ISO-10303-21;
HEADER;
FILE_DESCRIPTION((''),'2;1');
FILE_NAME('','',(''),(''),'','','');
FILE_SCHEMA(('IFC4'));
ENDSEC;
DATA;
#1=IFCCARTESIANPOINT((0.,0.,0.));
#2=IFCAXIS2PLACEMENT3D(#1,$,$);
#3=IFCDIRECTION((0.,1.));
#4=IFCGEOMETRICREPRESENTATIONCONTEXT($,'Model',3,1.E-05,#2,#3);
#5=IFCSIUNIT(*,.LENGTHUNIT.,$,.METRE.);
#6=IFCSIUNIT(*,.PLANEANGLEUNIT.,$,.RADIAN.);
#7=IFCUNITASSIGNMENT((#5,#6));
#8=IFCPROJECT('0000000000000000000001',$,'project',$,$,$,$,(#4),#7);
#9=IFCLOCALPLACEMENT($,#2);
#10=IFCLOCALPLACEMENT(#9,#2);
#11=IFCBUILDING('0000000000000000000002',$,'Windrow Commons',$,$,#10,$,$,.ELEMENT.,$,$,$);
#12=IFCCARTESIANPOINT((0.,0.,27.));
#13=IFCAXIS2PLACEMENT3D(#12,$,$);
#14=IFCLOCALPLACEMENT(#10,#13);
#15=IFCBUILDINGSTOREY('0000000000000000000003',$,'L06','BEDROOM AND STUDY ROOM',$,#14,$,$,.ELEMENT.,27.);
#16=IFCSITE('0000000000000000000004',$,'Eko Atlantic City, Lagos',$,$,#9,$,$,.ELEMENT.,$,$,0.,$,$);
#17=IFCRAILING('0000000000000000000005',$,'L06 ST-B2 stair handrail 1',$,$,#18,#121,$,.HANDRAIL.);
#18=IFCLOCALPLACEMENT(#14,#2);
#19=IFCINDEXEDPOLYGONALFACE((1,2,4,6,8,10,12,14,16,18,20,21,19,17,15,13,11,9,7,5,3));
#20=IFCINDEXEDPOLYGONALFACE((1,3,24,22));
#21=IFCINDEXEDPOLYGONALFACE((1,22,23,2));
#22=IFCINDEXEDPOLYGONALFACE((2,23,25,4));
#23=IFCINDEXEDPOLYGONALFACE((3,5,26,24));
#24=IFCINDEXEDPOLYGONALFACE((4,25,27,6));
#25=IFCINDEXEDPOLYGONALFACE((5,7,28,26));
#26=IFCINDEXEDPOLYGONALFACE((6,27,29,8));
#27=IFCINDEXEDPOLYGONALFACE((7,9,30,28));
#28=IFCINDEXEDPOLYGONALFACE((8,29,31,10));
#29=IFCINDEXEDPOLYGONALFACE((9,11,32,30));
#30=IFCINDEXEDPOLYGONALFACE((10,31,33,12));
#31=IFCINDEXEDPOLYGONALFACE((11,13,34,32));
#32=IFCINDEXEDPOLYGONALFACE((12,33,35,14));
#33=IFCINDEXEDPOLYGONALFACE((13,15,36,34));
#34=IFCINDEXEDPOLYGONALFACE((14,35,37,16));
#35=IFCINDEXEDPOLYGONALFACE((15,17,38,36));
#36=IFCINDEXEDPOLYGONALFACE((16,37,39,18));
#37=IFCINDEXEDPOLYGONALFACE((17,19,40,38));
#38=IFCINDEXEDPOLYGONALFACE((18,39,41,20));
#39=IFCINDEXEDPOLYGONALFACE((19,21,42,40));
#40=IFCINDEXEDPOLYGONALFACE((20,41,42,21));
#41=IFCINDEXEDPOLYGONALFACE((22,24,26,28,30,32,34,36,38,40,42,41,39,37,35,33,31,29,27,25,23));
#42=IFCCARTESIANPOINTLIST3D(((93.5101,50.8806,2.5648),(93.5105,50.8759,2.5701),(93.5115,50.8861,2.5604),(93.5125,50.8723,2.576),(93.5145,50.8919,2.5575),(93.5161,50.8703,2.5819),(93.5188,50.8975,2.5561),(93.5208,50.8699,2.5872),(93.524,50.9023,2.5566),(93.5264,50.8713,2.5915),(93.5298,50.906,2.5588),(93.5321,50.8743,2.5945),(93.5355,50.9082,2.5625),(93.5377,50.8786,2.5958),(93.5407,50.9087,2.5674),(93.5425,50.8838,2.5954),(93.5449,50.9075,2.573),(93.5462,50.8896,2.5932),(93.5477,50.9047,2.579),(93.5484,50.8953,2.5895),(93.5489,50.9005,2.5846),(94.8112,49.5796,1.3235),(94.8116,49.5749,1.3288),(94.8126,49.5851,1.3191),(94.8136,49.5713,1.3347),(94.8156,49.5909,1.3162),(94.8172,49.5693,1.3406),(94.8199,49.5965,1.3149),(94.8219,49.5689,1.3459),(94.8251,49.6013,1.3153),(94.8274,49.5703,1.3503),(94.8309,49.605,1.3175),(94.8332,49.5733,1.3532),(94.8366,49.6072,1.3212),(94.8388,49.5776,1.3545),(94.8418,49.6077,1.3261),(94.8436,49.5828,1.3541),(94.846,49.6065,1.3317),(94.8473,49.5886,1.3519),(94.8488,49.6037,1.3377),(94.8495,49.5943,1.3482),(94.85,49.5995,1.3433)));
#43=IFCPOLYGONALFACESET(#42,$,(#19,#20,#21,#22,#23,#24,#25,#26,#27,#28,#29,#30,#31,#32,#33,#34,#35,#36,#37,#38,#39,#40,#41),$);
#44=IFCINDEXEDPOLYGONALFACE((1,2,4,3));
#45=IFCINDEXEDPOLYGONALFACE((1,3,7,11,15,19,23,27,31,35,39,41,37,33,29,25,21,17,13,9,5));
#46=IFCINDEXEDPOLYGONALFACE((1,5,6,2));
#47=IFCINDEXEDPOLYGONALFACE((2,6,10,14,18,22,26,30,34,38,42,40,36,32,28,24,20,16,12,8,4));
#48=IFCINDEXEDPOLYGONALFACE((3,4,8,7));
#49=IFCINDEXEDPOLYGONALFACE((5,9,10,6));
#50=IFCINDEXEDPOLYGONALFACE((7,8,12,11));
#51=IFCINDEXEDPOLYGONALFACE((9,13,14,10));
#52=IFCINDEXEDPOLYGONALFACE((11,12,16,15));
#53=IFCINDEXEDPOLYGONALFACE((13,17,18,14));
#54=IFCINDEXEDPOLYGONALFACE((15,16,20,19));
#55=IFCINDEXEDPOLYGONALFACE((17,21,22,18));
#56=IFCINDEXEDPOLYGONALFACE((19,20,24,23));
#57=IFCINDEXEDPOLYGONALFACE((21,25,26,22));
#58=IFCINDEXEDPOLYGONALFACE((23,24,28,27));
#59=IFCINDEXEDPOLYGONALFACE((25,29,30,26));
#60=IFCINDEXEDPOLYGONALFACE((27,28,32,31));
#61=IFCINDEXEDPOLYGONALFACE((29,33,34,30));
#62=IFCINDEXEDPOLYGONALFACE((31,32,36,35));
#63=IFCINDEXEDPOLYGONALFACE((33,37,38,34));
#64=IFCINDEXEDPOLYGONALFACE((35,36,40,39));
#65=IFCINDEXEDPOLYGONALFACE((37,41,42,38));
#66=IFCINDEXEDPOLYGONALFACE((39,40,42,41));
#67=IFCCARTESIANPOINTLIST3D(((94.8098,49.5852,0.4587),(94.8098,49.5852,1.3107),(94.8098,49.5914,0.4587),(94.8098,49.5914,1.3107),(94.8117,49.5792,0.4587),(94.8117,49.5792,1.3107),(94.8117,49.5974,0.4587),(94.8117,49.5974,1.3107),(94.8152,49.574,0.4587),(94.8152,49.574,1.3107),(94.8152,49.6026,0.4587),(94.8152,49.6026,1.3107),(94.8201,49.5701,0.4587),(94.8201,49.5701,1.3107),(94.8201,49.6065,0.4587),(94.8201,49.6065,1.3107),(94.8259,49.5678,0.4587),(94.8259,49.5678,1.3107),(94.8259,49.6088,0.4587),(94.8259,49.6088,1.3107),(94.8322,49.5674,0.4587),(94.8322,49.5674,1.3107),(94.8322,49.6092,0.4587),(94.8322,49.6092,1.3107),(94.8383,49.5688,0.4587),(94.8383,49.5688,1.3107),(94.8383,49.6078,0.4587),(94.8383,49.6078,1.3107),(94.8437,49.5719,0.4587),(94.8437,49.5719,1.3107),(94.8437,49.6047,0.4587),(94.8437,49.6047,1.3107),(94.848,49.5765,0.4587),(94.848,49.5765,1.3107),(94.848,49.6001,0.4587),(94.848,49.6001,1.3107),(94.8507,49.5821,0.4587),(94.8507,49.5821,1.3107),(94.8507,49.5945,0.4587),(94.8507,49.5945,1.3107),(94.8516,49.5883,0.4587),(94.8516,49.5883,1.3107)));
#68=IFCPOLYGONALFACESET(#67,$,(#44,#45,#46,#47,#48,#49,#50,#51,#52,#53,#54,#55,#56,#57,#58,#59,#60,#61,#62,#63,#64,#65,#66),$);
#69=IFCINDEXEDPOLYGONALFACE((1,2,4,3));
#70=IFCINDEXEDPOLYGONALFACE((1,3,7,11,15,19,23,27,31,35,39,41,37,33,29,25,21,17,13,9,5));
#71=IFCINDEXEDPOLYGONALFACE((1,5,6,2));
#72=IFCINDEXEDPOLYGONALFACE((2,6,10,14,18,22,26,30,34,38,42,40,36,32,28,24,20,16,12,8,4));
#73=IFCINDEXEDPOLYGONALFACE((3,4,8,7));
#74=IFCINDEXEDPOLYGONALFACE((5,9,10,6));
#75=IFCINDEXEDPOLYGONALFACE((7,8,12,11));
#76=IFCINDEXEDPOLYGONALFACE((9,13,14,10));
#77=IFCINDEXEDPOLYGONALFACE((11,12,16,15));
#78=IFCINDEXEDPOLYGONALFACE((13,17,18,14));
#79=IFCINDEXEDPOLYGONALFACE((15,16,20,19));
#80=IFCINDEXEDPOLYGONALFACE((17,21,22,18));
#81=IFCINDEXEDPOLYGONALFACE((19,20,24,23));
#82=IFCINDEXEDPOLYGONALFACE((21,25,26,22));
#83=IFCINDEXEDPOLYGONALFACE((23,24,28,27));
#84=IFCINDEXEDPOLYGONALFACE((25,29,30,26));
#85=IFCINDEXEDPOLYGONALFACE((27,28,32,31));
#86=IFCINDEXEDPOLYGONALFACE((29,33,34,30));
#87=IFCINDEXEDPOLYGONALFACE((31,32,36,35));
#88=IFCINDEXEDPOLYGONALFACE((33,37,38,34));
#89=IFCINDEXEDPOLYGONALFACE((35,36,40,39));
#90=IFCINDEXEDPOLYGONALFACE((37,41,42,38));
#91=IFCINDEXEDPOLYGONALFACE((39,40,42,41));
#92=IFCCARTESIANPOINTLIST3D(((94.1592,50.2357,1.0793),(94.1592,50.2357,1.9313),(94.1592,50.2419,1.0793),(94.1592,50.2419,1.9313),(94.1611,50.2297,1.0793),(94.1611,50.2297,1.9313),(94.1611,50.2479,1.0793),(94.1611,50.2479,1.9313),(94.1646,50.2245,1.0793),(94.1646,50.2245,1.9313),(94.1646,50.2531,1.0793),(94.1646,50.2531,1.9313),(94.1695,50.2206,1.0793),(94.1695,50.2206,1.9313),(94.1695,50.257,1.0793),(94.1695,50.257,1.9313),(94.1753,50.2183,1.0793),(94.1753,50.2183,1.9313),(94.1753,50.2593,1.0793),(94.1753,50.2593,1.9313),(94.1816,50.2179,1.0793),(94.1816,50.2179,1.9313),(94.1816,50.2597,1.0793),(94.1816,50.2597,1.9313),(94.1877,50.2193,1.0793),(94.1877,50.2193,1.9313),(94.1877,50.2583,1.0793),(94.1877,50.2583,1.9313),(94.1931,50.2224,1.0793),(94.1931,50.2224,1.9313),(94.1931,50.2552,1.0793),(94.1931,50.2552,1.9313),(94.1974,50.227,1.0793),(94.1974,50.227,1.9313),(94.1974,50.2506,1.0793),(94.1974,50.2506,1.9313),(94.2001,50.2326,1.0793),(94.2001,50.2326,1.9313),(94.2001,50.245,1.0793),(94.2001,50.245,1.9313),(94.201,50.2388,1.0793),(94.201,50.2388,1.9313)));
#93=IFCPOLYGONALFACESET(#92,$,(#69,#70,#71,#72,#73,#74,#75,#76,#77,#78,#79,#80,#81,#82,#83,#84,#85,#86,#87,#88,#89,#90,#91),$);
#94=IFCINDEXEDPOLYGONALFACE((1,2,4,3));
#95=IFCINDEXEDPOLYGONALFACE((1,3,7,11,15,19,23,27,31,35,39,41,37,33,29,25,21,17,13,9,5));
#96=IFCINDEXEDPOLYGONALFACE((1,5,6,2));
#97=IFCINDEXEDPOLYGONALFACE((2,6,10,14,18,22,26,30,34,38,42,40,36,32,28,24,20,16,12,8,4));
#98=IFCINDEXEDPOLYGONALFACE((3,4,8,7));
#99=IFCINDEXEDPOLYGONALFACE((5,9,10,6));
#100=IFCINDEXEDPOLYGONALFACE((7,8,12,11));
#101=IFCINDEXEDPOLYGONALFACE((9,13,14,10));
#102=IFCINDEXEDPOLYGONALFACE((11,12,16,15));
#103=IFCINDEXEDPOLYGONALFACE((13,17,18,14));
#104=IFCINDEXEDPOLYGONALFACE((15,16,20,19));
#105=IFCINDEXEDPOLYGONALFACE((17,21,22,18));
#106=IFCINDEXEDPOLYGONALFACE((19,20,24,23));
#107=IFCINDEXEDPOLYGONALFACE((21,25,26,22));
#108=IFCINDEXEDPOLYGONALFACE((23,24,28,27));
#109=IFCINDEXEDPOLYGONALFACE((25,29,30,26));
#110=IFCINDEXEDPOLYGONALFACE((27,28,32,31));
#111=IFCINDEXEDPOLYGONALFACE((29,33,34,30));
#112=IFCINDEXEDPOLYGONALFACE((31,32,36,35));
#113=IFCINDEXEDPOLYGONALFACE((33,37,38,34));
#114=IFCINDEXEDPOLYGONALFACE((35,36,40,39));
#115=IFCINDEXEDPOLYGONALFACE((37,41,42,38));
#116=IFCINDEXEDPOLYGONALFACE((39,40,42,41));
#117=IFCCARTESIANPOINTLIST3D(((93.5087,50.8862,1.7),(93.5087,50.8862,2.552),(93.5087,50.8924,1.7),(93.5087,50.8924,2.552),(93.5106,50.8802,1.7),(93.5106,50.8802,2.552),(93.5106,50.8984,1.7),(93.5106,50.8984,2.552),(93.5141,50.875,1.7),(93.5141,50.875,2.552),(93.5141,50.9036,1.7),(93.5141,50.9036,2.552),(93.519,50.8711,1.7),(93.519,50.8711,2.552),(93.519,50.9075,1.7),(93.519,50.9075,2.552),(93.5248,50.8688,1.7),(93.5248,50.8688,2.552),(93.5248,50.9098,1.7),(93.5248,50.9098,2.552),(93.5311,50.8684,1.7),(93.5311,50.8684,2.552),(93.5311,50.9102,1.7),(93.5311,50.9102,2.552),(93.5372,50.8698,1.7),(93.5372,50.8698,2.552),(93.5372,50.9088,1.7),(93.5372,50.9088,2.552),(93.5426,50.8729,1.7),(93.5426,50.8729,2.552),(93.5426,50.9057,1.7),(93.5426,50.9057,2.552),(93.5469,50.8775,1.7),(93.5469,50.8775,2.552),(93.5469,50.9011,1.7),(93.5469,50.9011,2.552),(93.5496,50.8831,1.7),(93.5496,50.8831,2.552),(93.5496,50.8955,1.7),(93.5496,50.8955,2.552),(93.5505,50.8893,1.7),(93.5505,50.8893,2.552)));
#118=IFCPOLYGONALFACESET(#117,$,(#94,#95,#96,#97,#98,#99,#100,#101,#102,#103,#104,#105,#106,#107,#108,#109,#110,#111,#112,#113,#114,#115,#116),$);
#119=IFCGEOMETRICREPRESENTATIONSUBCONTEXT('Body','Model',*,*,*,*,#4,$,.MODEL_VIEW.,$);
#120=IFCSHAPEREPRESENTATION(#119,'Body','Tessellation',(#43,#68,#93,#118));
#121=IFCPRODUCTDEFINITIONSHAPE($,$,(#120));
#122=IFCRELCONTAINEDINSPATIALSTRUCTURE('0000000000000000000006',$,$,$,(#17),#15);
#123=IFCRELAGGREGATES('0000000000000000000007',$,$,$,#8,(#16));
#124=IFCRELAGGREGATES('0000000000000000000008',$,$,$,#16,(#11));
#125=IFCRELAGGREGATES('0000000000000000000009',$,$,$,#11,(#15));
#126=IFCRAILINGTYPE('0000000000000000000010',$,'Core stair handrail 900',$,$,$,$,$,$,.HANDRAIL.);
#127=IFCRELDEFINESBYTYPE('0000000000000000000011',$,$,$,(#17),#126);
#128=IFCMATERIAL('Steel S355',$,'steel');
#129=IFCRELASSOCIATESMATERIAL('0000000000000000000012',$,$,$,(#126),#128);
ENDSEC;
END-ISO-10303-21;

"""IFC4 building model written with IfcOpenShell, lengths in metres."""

from ifc_helpers import new_model, si_unit, direction, frame, origin, origin_2d, place, context, subcontext, project, spatial, circle, extrude, material, type_object, element, save


model = new_model("IFC4")

# Units and contexts
model_context = context("Model", 3, precision=1e-05, world=origin(), true_north=direction((0.0, 1.0)))
body_context = subcontext(model_context, "Body", "Model", "MODEL_VIEW")
ifc_project = project(units=[si_unit("LENGTHUNIT", "METRE"), si_unit("PLANEANGLEUNIT", "RADIAN")], contexts=[model_context])

# Site, building, storey
site_placement = place(None, origin())
site = spatial("IfcSite", under=ifc_project, at=site_placement, Name="Eko Atlantic City, Lagos", CompositionType="ELEMENT", RefElevation=0.0)
building_placement = place(site_placement, origin())
building = spatial("IfcBuilding", under=site, at=building_placement, Name="Windrow Commons", CompositionType="ELEMENT")
storey_placement = place(building_placement, frame((0.0, 0.0, 27.0)))
storey = spatial("IfcBuildingStorey", under=building, at=storey_placement, Name="L06", Description="BEDROOM AND STUDY ROOM", CompositionType="ELEMENT", Elevation=27.0)

# Railing
ifc_material_1 = material(Name="Steel S355", Category="steel")
railing_type_1 = type_object("IfcRailingType", Name="Core stair handrail 900", PredefinedType="HANDRAIL", material=ifc_material_1)
railing_1_placement = place(storey_placement, frame((94.8306, 49.5883, 0.4587)))
element("IfcRailing", 1, at=railing_1_placement, inside=storey, type_object=railing_type_1, Name="L06 ST-B2 stair handrail 1", PredefinedType="HANDRAIL", context=body_context, shape_type="SweptSolid", body=[
    extrude(circle(Radius=0.024, at=origin_2d()), frame((0.0, 0.0, 0.876), z_axis=(-0.586207, 0.586162, 0.559264), x_axis=(-0.70708, -0.707134, 0.0)), (0.0, 0.0, 1.0), 2.2195),
    extrude(circle(Radius=0.021, at=origin_2d()), origin(), (0.0, 0.0, 1.0), 0.852),
    extrude(circle(Radius=0.021, at=origin_2d()), frame((-0.6506, 0.6505, 0.6206)), (0.0, 0.0, 1.0), 0.852),
    extrude(circle(Radius=0.021, at=origin_2d()), frame((-1.3011, 1.301, 1.2413)), (0.0, 0.0, 1.0), 0.852),
])

save(model, "model.ifc")
